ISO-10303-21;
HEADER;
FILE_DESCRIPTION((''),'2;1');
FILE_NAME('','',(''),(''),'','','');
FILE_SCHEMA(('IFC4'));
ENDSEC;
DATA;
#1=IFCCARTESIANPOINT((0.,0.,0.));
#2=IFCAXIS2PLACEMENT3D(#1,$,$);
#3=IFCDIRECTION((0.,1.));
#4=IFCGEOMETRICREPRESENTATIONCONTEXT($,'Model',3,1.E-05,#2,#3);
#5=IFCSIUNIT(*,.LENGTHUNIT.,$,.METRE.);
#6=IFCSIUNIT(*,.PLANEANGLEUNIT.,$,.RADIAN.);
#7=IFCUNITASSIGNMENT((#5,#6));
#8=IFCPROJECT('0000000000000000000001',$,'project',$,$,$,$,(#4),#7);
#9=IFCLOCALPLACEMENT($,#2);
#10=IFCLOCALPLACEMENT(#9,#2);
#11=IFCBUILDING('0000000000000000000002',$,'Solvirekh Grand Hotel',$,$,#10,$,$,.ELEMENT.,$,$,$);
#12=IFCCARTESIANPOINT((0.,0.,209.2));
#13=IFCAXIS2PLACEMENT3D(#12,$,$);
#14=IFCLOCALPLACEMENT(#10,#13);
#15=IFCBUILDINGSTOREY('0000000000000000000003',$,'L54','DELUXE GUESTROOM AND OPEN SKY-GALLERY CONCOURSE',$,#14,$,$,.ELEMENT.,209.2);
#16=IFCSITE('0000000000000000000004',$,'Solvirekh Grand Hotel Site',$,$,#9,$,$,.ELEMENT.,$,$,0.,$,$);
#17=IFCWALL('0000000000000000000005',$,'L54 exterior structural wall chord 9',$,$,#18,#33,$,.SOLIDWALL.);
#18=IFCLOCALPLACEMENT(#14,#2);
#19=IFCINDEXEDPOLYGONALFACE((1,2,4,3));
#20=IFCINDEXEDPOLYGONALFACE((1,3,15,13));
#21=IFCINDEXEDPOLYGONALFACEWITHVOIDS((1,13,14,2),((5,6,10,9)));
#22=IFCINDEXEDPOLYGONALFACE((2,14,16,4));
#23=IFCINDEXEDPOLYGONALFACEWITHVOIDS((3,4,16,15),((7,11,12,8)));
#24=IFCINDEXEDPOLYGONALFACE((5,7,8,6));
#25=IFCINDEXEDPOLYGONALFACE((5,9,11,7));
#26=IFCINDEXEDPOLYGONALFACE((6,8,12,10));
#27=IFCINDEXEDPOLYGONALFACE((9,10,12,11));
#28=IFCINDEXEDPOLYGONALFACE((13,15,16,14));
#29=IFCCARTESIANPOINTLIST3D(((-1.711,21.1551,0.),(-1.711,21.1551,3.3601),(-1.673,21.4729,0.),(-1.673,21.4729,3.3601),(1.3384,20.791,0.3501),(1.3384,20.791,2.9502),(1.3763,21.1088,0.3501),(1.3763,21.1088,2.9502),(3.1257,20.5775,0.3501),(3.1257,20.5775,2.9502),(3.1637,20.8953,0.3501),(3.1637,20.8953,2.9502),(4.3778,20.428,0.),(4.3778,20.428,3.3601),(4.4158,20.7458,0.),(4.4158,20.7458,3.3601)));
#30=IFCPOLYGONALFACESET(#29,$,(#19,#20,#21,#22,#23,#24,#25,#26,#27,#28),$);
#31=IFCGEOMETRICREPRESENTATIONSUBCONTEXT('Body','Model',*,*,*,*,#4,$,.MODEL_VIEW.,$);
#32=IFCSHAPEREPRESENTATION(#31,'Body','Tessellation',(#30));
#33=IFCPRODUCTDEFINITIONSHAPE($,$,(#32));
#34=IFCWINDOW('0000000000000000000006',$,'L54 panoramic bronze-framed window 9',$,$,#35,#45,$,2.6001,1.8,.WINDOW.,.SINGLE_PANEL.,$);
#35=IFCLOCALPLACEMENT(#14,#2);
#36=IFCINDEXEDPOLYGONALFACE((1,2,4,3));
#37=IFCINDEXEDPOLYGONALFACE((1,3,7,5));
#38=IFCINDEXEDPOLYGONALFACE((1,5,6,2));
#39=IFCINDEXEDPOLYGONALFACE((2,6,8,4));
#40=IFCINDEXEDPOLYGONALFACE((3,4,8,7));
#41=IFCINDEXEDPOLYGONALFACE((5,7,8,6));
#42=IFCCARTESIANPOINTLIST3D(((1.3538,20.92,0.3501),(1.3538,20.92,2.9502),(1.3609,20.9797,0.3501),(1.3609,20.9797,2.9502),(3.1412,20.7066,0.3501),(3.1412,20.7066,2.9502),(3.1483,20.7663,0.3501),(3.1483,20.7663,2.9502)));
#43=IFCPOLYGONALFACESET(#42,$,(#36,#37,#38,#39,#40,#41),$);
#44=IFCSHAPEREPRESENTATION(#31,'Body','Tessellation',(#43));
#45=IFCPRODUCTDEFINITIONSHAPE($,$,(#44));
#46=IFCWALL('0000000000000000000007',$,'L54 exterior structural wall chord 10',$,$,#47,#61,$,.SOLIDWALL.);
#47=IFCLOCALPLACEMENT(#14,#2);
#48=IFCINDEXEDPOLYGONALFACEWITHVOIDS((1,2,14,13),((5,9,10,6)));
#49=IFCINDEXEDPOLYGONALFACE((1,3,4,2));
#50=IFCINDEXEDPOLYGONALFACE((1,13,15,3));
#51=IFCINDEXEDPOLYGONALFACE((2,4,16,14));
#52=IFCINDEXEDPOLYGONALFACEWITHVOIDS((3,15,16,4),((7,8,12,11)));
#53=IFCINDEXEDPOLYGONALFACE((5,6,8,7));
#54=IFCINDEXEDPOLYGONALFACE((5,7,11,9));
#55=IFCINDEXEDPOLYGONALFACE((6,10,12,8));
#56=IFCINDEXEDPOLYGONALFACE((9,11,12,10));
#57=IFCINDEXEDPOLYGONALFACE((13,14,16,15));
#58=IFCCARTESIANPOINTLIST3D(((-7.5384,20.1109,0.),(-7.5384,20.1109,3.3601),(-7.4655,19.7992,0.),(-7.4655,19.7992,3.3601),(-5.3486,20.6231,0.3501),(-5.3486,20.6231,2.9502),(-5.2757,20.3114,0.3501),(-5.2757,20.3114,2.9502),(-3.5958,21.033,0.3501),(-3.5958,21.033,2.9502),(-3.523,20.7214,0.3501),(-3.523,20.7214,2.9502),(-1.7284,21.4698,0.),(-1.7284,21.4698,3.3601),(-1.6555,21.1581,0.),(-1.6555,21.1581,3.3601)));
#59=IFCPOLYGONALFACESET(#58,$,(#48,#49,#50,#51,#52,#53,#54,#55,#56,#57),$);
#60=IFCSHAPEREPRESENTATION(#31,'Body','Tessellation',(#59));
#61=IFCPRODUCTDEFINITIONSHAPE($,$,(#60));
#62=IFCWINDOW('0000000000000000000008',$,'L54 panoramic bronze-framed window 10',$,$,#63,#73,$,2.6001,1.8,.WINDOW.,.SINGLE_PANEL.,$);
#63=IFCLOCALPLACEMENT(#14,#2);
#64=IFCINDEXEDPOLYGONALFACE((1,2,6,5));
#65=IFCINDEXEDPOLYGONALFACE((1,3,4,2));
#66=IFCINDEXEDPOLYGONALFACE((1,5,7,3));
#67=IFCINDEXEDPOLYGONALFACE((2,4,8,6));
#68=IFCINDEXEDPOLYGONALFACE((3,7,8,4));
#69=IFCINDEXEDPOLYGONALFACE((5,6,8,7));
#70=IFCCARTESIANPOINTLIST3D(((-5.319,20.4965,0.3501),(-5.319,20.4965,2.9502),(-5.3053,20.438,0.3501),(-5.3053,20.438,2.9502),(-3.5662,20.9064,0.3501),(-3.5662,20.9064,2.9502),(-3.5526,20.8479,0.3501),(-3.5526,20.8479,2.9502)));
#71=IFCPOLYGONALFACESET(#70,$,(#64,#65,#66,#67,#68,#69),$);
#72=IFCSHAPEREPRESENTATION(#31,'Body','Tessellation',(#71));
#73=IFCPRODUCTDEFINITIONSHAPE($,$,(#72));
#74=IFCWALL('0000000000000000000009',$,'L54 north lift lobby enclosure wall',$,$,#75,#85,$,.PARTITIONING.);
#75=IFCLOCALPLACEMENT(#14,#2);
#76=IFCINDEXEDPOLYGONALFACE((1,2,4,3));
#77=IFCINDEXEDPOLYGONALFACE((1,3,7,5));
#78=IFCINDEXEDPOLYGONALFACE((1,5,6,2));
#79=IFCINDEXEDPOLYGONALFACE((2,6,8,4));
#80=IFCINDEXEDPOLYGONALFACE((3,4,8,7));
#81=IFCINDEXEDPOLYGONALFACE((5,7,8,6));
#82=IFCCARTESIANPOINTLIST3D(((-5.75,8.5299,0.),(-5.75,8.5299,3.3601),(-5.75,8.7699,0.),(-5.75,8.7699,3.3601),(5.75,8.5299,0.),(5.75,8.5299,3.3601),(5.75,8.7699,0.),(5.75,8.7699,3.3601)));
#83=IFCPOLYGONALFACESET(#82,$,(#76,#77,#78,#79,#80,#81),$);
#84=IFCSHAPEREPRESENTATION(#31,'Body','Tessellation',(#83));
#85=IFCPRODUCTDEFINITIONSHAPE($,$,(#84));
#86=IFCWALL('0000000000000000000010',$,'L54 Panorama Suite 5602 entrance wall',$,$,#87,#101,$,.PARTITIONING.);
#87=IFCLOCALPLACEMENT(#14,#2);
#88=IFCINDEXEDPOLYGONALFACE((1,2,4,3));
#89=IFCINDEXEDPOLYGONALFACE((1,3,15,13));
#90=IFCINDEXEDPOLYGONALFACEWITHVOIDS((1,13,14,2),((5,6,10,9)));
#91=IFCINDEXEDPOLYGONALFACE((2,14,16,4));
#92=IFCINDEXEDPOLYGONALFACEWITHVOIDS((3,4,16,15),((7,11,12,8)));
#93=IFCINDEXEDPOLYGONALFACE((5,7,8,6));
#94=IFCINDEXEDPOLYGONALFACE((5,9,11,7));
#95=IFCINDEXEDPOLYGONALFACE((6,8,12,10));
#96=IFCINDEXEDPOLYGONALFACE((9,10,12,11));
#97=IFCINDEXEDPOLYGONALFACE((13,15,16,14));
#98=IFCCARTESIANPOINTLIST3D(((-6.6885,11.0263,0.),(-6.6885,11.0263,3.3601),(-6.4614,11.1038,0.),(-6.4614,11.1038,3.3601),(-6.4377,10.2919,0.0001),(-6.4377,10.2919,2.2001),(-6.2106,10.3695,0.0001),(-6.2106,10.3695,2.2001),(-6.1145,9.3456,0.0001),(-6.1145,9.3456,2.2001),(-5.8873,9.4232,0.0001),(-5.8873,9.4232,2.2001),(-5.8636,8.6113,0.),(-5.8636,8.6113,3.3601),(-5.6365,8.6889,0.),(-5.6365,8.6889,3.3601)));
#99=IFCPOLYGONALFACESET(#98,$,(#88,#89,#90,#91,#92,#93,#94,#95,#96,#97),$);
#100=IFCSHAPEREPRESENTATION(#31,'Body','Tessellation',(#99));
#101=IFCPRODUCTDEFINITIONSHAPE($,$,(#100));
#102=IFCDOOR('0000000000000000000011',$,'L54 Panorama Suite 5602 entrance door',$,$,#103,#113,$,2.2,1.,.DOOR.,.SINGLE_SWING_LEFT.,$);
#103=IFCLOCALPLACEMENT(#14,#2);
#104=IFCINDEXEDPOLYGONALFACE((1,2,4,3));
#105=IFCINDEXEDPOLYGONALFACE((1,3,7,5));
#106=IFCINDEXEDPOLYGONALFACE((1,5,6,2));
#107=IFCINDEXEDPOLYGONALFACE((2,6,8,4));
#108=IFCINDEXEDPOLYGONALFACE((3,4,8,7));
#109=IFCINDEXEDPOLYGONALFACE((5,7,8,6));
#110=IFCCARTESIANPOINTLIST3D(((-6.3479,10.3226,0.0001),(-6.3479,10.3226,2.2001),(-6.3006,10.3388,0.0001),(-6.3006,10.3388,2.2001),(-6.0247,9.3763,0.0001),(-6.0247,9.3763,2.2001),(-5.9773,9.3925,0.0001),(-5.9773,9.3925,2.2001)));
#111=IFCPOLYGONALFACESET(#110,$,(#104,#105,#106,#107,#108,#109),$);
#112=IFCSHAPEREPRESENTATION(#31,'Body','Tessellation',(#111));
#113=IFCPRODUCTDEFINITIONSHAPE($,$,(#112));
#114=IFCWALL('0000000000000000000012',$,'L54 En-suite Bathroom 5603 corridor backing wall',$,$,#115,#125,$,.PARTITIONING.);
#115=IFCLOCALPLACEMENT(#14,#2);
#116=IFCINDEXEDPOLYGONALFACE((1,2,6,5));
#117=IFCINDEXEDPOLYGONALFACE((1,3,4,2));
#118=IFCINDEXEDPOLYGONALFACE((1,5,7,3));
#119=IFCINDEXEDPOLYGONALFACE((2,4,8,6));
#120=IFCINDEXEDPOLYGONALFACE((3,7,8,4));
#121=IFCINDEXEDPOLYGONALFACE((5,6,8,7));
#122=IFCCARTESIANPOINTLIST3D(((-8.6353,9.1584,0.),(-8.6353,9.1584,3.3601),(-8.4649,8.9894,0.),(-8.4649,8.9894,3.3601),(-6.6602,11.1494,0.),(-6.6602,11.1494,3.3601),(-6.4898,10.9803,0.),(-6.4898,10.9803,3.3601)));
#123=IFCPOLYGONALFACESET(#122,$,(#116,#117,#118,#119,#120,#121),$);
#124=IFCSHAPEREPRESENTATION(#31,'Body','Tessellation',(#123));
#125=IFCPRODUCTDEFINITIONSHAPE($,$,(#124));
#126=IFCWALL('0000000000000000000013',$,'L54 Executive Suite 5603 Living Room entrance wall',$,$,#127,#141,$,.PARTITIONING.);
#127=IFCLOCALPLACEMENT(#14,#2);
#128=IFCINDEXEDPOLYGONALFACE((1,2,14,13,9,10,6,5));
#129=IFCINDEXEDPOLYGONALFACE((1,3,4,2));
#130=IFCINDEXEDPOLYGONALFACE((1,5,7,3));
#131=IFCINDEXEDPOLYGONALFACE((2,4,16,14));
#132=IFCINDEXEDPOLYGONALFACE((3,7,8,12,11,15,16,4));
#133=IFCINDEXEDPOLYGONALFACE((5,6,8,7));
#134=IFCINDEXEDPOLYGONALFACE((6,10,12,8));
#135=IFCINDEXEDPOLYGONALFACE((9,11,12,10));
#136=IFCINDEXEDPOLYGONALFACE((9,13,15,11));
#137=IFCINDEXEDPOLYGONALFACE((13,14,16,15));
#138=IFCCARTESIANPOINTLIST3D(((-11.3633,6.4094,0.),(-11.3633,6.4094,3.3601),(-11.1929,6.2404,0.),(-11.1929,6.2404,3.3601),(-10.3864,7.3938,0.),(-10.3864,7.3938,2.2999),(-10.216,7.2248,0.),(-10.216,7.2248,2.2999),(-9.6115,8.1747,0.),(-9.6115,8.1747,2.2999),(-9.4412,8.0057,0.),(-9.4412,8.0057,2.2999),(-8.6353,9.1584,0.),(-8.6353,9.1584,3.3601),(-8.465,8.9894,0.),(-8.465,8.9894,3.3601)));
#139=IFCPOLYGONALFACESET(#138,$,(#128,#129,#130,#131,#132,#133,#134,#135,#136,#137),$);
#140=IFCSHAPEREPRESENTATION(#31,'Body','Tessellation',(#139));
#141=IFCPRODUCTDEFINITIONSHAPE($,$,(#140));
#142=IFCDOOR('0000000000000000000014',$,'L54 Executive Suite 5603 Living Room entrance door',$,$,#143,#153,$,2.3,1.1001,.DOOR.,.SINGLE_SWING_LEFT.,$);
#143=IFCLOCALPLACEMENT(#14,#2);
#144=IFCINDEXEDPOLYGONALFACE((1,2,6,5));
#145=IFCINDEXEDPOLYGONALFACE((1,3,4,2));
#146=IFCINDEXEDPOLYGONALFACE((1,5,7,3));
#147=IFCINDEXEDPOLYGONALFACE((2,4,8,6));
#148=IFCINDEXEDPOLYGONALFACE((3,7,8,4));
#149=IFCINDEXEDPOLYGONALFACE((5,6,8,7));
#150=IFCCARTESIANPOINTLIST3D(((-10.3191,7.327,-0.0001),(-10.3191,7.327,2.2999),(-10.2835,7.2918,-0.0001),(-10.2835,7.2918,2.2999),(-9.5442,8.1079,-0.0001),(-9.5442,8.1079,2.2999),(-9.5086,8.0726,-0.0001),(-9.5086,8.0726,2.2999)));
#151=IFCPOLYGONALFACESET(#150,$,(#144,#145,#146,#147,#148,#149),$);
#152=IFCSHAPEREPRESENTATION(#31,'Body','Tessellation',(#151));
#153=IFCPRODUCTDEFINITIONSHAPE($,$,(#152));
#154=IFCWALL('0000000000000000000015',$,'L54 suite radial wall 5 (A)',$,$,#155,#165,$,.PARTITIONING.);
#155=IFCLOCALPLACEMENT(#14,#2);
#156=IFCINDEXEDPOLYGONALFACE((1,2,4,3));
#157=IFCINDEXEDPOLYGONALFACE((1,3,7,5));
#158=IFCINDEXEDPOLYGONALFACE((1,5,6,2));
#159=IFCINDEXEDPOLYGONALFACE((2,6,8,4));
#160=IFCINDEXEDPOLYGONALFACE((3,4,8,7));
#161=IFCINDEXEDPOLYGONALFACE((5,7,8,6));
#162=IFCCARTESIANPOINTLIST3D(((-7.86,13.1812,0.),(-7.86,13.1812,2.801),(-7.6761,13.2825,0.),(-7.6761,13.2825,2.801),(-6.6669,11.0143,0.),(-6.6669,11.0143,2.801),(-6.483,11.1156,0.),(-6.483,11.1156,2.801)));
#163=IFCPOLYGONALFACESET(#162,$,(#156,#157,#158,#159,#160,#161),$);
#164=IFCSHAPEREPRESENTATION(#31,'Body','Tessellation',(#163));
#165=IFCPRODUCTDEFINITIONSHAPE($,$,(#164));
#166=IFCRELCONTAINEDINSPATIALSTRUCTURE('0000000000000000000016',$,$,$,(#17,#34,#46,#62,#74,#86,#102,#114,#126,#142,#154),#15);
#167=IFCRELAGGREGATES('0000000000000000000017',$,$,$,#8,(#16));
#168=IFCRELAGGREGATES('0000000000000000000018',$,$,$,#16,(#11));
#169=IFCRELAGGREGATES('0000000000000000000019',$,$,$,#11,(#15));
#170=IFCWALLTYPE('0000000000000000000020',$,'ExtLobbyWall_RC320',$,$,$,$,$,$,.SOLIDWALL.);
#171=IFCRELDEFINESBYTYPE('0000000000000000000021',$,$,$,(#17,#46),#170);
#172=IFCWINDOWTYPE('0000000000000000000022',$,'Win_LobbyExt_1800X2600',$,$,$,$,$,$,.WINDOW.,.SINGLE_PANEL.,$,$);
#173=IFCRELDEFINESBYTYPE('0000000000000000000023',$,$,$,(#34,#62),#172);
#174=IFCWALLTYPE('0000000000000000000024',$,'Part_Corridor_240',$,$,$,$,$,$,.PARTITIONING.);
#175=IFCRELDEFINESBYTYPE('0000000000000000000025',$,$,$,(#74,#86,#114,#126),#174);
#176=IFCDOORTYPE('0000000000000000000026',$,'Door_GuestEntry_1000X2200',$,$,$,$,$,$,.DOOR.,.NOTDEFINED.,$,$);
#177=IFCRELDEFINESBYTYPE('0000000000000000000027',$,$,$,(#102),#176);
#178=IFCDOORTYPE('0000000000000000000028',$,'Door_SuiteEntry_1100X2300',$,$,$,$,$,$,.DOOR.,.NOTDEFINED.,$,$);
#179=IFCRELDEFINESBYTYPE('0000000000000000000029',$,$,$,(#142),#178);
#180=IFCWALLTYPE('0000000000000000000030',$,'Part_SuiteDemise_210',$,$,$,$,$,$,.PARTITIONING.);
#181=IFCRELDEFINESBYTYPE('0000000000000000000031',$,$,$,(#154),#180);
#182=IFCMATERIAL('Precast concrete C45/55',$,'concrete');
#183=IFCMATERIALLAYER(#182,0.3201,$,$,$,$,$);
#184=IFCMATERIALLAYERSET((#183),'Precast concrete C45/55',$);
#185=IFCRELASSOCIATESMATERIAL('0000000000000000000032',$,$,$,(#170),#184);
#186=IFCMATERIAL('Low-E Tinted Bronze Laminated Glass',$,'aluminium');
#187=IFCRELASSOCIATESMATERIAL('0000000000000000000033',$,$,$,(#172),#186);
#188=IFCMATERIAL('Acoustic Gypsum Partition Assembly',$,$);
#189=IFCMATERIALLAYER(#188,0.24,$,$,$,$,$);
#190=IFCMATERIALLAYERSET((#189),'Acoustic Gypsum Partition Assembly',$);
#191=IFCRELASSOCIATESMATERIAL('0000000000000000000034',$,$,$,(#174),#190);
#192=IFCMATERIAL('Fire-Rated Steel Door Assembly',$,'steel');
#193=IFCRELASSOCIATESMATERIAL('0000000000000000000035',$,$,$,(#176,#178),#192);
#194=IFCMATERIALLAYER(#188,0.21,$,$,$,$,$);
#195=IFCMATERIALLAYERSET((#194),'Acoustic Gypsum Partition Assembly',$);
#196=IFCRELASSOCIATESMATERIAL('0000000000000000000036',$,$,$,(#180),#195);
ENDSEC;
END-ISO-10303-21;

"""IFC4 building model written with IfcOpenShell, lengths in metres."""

from ifc_helpers import new_model, si_unit, direction, frame, frame_2d, origin, place, context, subcontext, project, spatial, rectangle, extrude, material, layer, layer_set, type_object, element, fill, save


model = new_model("IFC4")

# Units and contexts
model_context = context("Model", 3, precision=1e-05, world=origin(), true_north=direction((0.0, 1.0)))
body_context = subcontext(model_context, "Body", "Model", "MODEL_VIEW")
ifc_project = project(units=[si_unit("LENGTHUNIT", "METRE"), si_unit("PLANEANGLEUNIT", "RADIAN")], contexts=[model_context])

# Site, building, storey
site_placement = place(None, origin())
site = spatial("IfcSite", under=ifc_project, at=site_placement, Name="Solvirekh Grand Hotel Site", CompositionType="ELEMENT", RefElevation=0.0)
building_placement = place(site_placement, origin())
building = spatial("IfcBuilding", under=site, at=building_placement, Name="Solvirekh Grand Hotel", CompositionType="ELEMENT")
storey_placement = place(building_placement, frame((0.0, 0.0, 209.2)))
storey = spatial("IfcBuildingStorey", under=building, at=storey_placement, Name="L54", Description="DELUXE GUESTROOM AND OPEN SKY-GALLERY CONCOURSE", CompositionType="ELEMENT", Elevation=209.2)

# Walls, openings, windows
ifc_material_1 = material(Name="Precast concrete C45/55", Category="concrete")
ifc_layer_1 = layer(ifc_material_1, 0.3201)
ifc_layer_set_1 = layer_set([ifc_layer_1], Name="Precast concrete C45/55")
wall_type_1 = type_object("IfcWallType", Name="ExtLobbyWall_RC320", PredefinedType="SOLIDWALL", material=ifc_layer_set_1)
wall_1_placement = place(storey_placement, frame((-1.6919, 21.314, 0.0), z_axis=(0.0, 0.0, 1.0), x_axis=(0.992946, -0.118564, 0.0)))
wall_1 = element("IfcWall", 1, at=wall_1_placement, inside=storey, type_object=wall_type_1, Name="L54 exterior structural wall chord 9", PredefinedType="SOLIDWALL", context=body_context, shape_type="SweptSolid", body=[
    extrude(rectangle(XDim=6.1321, YDim=0.3201, at=frame_2d((3.0659, 0.0))), origin(), (0.0, 0.0, 1.0), 3.3601),
])
opening_1_placement = place(wall_1_placement, frame((3.071, 0.0, 0.3501)))
opening_1 = element("IfcOpeningElement", 2, at=opening_1_placement, cuts=wall_1, PredefinedType="OPENING", context=body_context, shape_type="SweptSolid", body=[
    extrude(rectangle(XDim=1.8, YDim=2.6001, at=frame_2d((0.8999, 1.3))), frame((0.0, 0.1699, 0.0), z_axis=(0.0, -1.0, 0.0), x_axis=(1.0, 0.0, 0.0)), (0.0, 0.0, 1.0), 0.3401),
])
ifc_material_2 = material(Name="Low-E Tinted Bronze Laminated Glass", Category="aluminium")
window_type = type_object("IfcWindowType", Name="Win_LobbyExt_1800X2600", PartitioningType="SINGLE_PANEL", PredefinedType="WINDOW", material=ifc_material_2)
window_1_placement = place(opening_1_placement, origin())
window_1 = element("IfcWindow", 3, at=window_1_placement, inside=storey, type_object=window_type, Name="L54 panoramic bronze-framed window 9", OverallHeight=2.6001, OverallWidth=1.8, PartitioningType="SINGLE_PANEL", PredefinedType="WINDOW", context=body_context, shape_type="SweptSolid", body=[
    extrude(rectangle(XDim=1.8, YDim=2.6001, at=frame_2d((0.8999, 1.3))), frame((0.0, 0.03, 0.0), z_axis=(0.0, -1.0, 0.0), x_axis=(1.0, 0.0, 0.0)), (0.0, 0.0, 1.0), 0.0601),
])
fill(opening_1, window_1)
wall_2_placement = place(storey_placement, frame((-7.502, 19.9551, 0.0), z_axis=(0.0, 0.0, 1.0), x_axis=(0.973722, 0.227739, 0.0)))
wall_2 = element("IfcWall", 4, at=wall_2_placement, inside=storey, type_object=wall_type_1, Name="L54 exterior structural wall chord 10", PredefinedType="SOLIDWALL", context=body_context, shape_type="SweptSolid", body=[
    extrude(rectangle(XDim=5.9668, YDim=0.3201, at=frame_2d((2.9834, 0.0))), origin(), (0.0, 0.0, 1.0), 3.3601),
])
opening_2_placement = place(wall_2_placement, frame((2.249, 0.0, 0.3501)))
opening_2 = element("IfcOpeningElement", 5, at=opening_2_placement, cuts=wall_2, PredefinedType="OPENING", context=body_context, shape_type="SweptSolid", body=[
    extrude(rectangle(XDim=1.8, YDim=2.6001, at=frame_2d((0.8999, 1.3))), frame((0.0, 0.1699, 0.0), z_axis=(0.0, -1.0, 0.0), x_axis=(1.0, 0.0, 0.0)), (0.0, 0.0, 1.0), 0.3401),
])
window_2_placement = place(opening_2_placement, origin())
window_2 = element("IfcWindow", 6, at=window_2_placement, inside=storey, type_object=window_type, Name="L54 panoramic bronze-framed window 10", OverallHeight=2.6001, OverallWidth=1.8, PartitioningType="SINGLE_PANEL", PredefinedType="WINDOW", context=body_context, shape_type="SweptSolid", body=[
    extrude(rectangle(XDim=1.8, YDim=2.6001, at=frame_2d((0.8999, 1.3))), frame((0.0, 0.03, 0.0), z_axis=(0.0, -1.0, 0.0), x_axis=(1.0, 0.0, 0.0)), (0.0, 0.0, 1.0), 0.0601),
])
fill(opening_2, window_2)

# Wall
ifc_material_3 = material(Name="Acoustic Gypsum Partition Assembly")
ifc_layer_2 = layer(ifc_material_3, 0.24)
ifc_layer_set_2 = layer_set([ifc_layer_2], Name="Acoustic Gypsum Partition Assembly")
wall_type_2 = type_object("IfcWallType", Name="Part_Corridor_240", PredefinedType="PARTITIONING", material=ifc_layer_set_2)
wall_3_placement = place(storey_placement, frame((-5.75, 8.6499, 0.0), z_axis=(0.0, 0.0, 1.0), x_axis=(1.0, 0.0, 0.0)))
element("IfcWall", 7, at=wall_3_placement, inside=storey, type_object=wall_type_2, Name="L54 north lift lobby enclosure wall", PredefinedType="PARTITIONING", context=body_context, shape_type="SweptSolid", body=[
    extrude(rectangle(XDim=11.5, YDim=0.24, at=frame_2d((5.75, 0.0))), origin(), (0.0, 0.0, 1.0), 3.3601),
])

# Wall, opening, door
wall_4_placement = place(storey_placement, frame((-6.575, 11.0649, 0.0), z_axis=(0.0, 0.0, 1.0), x_axis=(0.32325, -0.946313, 0.0)))
wall_4 = element("IfcWall", 8, at=wall_4_placement, inside=storey, type_object=wall_type_2, Name="L54 Panorama Suite 5602 entrance wall", PredefinedType="PARTITIONING", context=body_context, shape_type="SweptSolid", body=[
    extrude(rectangle(XDim=2.552, YDim=0.24, at=frame_2d((1.2759, 0.0))), origin(), (0.0, 0.0, 1.0), 3.3601),
])
opening_3_placement = place(wall_4_placement, frame((0.7759, 0.0, 0.0)))
opening_3 = element("IfcOpeningElement", 9, at=opening_3_placement, cuts=wall_4, PredefinedType="OPENING", context=body_context, shape_type="SweptSolid", body=[
    extrude(rectangle(XDim=1.0, YDim=2.2, at=frame_2d((0.5, 1.1001))), frame((0.0, 0.1299, 0.0), z_axis=(0.0, -1.0, 0.0), x_axis=(1.0, 0.0, 0.0)), (0.0, 0.0, 1.0), 0.26),
])
ifc_material_4 = material(Name="Fire-Rated Steel Door Assembly", Category="steel")
door_type_1 = type_object("IfcDoorType", Name="Door_GuestEntry_1000X2200", OperationType="NOTDEFINED", PredefinedType="DOOR", material=ifc_material_4)
door_1_placement = place(opening_3_placement, origin())
door_1 = element("IfcDoor", 10, at=door_1_placement, inside=storey, type_object=door_type_1, Name="L54 Panorama Suite 5602 entrance door", OperationType="SINGLE_SWING_LEFT", OverallHeight=2.2, OverallWidth=1.0, PredefinedType="DOOR", context=body_context, shape_type="SweptSolid", body=[
    extrude(rectangle(XDim=1.0, YDim=2.2, at=frame_2d((0.5, 1.1001))), frame((0.0, 0.0249, 0.0), z_axis=(0.0, -1.0, 0.0), x_axis=(1.0, 0.0, 0.0)), (0.0, 0.0, 1.0), 0.05),
])
fill(opening_3, door_1)

# Wall
wall_5_placement = place(storey_placement, frame((-6.575, 11.0649, 0.0), z_axis=(0.0, 0.0, 1.0), x_axis=(-0.704272, -0.70993, 0.0)))
element("IfcWall", 11, at=wall_5_placement, inside=storey, type_object=wall_type_2, Name="L54 En-suite Bathroom 5603 corridor backing wall", PredefinedType="PARTITIONING", context=body_context, shape_type="SweptSolid", body=[
    extrude(rectangle(XDim=2.8044, YDim=0.24, at=frame_2d((1.4023, 0.0))), origin(), (0.0, 0.0, 1.0), 3.3601),
])

# Wall, opening, door
wall_6_placement = place(storey_placement, frame((-8.55, 9.074, 0.0), z_axis=(0.0, 0.0, 1.0), x_axis=(-0.704391, -0.709812, 0.0)))
wall_6 = element("IfcWall", 12, at=wall_6_placement, inside=storey, type_object=wall_type_2, Name="L54 Executive Suite 5603 Living Room entrance wall", PredefinedType="PARTITIONING", context=body_context, shape_type="SweptSolid", body=[
    extrude(rectangle(XDim=3.8728, YDim=0.24, at=frame_2d((1.9365, 0.0))), origin(), (0.0, 0.0, 1.0), 3.3601),
])
opening_4_placement = place(wall_6_placement, frame((1.386, 0.0, 0.0)))
opening_4 = element("IfcOpeningElement", 13, at=opening_4_placement, cuts=wall_6, PredefinedType="OPENING", context=body_context, shape_type="SweptSolid", body=[
    extrude(rectangle(XDim=1.1001, YDim=2.3, at=frame_2d((0.55, 1.1499))), frame((0.0, 0.1299, 0.0), z_axis=(0.0, -1.0, 0.0), x_axis=(1.0, 0.0, 0.0)), (0.0, 0.0, 1.0), 0.26),
])
door_type_2 = type_object("IfcDoorType", Name="Door_SuiteEntry_1100X2300", OperationType="NOTDEFINED", PredefinedType="DOOR", material=ifc_material_4)
door_2_placement = place(opening_4_placement, origin())
door_2 = element("IfcDoor", 14, at=door_2_placement, inside=storey, type_object=door_type_2, Name="L54 Executive Suite 5603 Living Room entrance door", OperationType="SINGLE_SWING_LEFT", OverallHeight=2.3, OverallWidth=1.1001, PredefinedType="DOOR", context=body_context, shape_type="SweptSolid", body=[
    extrude(rectangle(XDim=1.1001, YDim=2.3, at=frame_2d((0.55, 1.1499))), frame((0.0, 0.0249, 0.0), z_axis=(0.0, -1.0, 0.0), x_axis=(1.0, 0.0, 0.0)), (0.0, 0.0, 1.0), 0.05),
])
fill(opening_4, door_2)

# Wall
ifc_layer_3 = layer(ifc_material_3, 0.21)
ifc_layer_set_3 = layer_set([ifc_layer_3], Name="Acoustic Gypsum Partition Assembly")
wall_type_3 = type_object("IfcWallType", Name="Part_SuiteDemise_210", PredefinedType="PARTITIONING", material=ifc_layer_set_3)
wall_7_placement = place(storey_placement, frame((-6.575, 11.0649, 0.0), z_axis=(0.0, 0.0, 1.0), x_axis=(-0.482313, 0.875999, 0.0)))
element("IfcWall", 15, at=wall_7_placement, inside=storey, type_object=wall_type_3, Name="L54 suite radial wall 5 (A)", PredefinedType="PARTITIONING", context=body_context, shape_type="SweptSolid", body=[
    extrude(rectangle(XDim=2.4736, YDim=0.21, at=frame_2d((1.2368, 0.0))), origin(), (0.0, 0.0, 1.0), 2.801),
])

save(model, "model.ifc")
